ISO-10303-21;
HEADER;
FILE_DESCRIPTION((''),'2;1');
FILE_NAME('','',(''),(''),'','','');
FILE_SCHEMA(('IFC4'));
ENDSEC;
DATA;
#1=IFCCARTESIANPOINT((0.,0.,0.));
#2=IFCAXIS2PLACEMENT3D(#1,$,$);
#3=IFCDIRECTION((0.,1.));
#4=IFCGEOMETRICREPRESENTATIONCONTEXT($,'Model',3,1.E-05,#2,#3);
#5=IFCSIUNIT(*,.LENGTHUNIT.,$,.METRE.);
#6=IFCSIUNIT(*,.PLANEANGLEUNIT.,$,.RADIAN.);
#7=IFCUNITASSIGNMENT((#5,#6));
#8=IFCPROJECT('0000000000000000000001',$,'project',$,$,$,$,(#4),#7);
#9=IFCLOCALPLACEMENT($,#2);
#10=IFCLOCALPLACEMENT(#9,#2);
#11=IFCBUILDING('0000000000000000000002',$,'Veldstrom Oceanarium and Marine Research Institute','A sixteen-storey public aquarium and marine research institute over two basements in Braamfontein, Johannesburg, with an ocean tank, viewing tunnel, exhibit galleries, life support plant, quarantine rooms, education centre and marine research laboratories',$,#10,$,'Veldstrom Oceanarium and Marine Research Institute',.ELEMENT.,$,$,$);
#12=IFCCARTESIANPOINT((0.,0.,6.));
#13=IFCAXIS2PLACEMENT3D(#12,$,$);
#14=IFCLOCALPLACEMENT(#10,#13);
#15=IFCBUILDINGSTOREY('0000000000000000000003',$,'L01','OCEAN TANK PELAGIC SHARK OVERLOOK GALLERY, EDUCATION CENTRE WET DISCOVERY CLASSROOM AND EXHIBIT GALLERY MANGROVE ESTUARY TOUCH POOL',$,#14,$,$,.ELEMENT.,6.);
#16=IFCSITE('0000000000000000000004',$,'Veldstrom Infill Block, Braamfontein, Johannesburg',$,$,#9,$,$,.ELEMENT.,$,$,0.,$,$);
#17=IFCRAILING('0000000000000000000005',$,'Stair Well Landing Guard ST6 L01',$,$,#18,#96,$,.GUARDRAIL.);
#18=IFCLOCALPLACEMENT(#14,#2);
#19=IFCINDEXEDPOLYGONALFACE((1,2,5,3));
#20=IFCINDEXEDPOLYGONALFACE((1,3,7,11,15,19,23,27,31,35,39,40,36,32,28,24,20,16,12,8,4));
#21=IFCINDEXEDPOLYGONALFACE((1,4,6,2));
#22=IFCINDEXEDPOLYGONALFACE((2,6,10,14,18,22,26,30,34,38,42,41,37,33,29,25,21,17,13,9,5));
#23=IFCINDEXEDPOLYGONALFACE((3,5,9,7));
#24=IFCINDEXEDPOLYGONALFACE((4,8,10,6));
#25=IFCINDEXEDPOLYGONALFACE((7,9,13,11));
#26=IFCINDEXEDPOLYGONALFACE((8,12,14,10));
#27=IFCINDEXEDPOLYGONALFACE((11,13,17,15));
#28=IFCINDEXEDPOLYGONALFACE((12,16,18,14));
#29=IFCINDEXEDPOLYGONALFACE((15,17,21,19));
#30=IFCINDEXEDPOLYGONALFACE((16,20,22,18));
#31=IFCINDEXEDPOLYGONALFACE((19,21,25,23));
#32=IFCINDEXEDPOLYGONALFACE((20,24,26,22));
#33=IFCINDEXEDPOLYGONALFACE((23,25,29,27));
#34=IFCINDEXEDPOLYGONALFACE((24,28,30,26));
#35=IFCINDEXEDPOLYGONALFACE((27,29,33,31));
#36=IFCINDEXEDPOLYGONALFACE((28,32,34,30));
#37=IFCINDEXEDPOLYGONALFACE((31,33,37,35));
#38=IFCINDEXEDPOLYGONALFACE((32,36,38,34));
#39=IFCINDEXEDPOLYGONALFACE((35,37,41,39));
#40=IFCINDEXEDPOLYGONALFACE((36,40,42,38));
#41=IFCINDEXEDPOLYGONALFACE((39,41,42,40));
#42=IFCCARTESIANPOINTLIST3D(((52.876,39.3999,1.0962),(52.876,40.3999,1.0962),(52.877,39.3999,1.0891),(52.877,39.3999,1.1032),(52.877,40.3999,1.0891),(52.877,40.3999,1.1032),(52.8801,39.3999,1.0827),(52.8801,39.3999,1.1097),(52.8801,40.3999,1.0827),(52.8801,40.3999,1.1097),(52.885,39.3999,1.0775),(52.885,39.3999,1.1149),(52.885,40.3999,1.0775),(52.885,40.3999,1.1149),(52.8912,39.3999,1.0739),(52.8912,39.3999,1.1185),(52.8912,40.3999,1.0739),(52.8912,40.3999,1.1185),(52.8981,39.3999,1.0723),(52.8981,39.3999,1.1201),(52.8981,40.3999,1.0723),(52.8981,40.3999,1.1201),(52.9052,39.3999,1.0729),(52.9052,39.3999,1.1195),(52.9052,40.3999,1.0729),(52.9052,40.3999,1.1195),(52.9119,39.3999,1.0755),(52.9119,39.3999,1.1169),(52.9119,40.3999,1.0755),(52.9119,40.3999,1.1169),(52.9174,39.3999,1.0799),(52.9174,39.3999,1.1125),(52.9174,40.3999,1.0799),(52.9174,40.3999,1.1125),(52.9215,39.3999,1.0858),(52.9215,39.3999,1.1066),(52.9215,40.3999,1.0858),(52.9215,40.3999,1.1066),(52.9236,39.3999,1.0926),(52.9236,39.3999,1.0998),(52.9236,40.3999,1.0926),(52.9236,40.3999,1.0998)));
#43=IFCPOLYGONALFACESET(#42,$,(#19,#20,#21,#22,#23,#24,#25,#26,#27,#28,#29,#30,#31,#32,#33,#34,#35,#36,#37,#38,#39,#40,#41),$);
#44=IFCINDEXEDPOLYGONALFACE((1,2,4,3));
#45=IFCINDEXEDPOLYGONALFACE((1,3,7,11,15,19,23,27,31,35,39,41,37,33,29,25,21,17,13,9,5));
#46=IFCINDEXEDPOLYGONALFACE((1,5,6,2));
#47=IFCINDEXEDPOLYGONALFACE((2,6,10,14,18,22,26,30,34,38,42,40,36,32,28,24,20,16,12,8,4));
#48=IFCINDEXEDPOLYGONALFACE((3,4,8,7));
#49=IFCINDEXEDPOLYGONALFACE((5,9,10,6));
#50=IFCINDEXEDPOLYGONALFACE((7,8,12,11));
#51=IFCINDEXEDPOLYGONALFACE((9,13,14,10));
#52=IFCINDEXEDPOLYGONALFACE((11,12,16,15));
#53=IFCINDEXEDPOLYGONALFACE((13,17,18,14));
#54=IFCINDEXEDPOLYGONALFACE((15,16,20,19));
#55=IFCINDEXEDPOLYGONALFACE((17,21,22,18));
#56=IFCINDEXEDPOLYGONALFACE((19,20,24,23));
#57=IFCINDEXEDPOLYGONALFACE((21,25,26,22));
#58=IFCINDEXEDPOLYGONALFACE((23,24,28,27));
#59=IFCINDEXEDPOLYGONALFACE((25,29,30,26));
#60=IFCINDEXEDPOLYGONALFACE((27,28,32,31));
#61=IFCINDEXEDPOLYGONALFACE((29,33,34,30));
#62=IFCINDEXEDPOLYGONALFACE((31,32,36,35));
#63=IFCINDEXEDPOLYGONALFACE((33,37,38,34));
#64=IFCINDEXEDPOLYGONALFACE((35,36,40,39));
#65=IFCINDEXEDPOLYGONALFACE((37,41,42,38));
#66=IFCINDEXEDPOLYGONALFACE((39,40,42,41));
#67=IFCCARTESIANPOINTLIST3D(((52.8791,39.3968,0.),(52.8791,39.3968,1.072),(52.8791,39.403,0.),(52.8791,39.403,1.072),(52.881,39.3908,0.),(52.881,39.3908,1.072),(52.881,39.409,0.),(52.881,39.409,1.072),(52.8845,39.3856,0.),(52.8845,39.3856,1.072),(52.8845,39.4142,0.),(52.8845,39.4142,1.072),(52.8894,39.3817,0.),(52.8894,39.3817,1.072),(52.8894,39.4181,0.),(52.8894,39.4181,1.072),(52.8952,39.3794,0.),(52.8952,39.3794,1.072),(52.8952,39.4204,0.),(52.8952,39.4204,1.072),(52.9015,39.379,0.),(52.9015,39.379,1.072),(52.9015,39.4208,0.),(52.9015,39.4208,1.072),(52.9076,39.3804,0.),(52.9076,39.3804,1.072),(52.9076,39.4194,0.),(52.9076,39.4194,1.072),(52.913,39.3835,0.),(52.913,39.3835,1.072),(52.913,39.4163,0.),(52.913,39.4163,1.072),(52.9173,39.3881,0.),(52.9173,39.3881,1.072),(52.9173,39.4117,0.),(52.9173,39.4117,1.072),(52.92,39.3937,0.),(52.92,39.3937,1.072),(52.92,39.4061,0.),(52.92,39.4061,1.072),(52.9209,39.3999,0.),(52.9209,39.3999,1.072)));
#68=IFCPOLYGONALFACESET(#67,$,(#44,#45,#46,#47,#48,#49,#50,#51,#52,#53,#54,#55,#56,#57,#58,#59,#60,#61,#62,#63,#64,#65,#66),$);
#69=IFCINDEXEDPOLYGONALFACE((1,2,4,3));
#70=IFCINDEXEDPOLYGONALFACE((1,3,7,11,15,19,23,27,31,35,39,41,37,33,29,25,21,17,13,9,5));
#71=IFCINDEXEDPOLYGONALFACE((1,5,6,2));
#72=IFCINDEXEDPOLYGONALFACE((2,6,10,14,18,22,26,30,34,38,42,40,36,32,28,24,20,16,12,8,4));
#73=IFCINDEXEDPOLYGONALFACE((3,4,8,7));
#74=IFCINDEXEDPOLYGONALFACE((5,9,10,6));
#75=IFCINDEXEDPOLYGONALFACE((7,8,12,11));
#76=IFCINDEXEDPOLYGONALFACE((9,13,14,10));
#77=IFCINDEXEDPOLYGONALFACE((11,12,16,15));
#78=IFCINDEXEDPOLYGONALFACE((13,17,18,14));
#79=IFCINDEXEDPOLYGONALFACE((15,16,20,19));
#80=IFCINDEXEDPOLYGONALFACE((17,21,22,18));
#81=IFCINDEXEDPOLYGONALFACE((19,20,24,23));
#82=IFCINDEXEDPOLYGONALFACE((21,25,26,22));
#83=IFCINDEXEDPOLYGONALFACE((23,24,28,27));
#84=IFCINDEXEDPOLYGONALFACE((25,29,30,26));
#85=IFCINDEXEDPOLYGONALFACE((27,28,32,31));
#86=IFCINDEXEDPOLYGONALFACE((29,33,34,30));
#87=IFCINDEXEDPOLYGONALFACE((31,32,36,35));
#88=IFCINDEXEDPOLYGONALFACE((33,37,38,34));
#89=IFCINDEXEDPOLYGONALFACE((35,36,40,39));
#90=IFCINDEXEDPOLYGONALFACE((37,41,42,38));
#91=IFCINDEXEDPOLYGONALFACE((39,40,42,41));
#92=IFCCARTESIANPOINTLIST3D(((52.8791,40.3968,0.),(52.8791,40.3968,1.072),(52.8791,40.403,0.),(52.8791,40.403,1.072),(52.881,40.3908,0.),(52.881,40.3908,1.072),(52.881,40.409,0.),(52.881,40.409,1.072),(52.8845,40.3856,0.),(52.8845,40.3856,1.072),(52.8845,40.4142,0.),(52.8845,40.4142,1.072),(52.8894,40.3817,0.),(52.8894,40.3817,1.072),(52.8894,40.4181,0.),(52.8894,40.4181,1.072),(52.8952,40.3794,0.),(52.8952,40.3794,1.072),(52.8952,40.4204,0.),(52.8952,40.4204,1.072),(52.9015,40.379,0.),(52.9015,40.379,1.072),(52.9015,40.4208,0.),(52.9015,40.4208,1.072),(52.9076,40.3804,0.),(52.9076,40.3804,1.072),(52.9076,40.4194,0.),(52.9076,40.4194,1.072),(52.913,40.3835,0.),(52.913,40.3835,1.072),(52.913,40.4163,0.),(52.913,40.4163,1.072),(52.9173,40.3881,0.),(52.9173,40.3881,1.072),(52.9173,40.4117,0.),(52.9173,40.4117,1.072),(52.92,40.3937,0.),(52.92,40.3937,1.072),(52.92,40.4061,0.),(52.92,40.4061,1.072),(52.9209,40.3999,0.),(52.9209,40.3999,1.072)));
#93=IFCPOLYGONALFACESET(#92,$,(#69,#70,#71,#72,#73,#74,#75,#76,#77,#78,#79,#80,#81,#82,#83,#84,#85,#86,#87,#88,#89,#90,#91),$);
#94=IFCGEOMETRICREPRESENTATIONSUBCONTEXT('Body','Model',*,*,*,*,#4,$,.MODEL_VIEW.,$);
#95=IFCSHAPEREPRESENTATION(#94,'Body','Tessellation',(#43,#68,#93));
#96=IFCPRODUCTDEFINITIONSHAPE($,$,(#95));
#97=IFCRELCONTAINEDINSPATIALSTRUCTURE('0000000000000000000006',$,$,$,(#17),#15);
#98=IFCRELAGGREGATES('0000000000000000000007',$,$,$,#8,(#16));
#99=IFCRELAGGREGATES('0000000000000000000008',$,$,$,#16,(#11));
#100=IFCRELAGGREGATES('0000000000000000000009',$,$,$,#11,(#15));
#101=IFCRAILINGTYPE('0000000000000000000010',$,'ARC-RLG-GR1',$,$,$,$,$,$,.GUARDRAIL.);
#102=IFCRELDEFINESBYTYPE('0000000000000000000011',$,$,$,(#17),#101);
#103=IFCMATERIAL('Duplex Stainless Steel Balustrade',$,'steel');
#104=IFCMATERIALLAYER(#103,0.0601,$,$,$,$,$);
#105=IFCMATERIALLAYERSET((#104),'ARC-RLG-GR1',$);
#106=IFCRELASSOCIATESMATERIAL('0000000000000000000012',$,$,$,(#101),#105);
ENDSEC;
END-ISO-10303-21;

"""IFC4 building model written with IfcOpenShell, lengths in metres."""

from ifc_helpers import new_model, si_unit, direction, frame, origin, origin_2d, place, context, subcontext, project, spatial, circle, extrude, material, layer, layer_set, type_object, element, save


model = new_model("IFC4")

# Units and contexts
model_context = context("Model", 3, precision=1e-05, world=origin(), true_north=direction((0.0, 1.0)))
body_context = subcontext(model_context, "Body", "Model", "MODEL_VIEW")
ifc_project = project(units=[si_unit("LENGTHUNIT", "METRE"), si_unit("PLANEANGLEUNIT", "RADIAN")], contexts=[model_context])

# Site, building, storey
site_placement = place(None, origin())
site = spatial("IfcSite", under=ifc_project, at=site_placement, Name="Veldstrom Infill Block, Braamfontein, Johannesburg", CompositionType="ELEMENT", RefElevation=0.0)
building_placement = place(site_placement, origin())
building = spatial("IfcBuilding", under=site, at=building_placement, Name="Veldstrom Oceanarium and Marine Research Institute", Description="A sixteen-storey public aquarium and marine research institute over two basements in Braamfontein, Johannesburg, with an ocean tank, viewing tunnel, exhibit galleries, life support plant, quarantine rooms, education centre and marine research laboratories", LongName="Veldstrom Oceanarium and Marine Research Institute", CompositionType="ELEMENT")
storey_placement = place(building_placement, frame((0.0, 0.0, 6.0)))
storey = spatial("IfcBuildingStorey", under=building, at=storey_placement, Name="L01", Description="OCEAN TANK PELAGIC SHARK OVERLOOK GALLERY, EDUCATION CENTRE WET DISCOVERY CLASSROOM AND EXHIBIT GALLERY MANGROVE ESTUARY TOUCH POOL", CompositionType="ELEMENT", Elevation=6.0)

# Railing
ifc_material_1 = material(Name="Duplex Stainless Steel Balustrade", Category="steel")
ifc_layer_1 = layer(ifc_material_1, 0.0601)
ifc_layer_set_1 = layer_set([ifc_layer_1], Name="ARC-RLG-GR1")
railing_type_1 = type_object("IfcRailingType", Name="ARC-RLG-GR1", PredefinedType="GUARDRAIL", material=ifc_layer_set_1)
railing_1_placement = place(storey_placement, frame((52.8999, 39.3999, 0.0)))
element("IfcRailing", 1, at=railing_1_placement, inside=storey, type_object=railing_type_1, Name="Stair Well Landing Guard ST6 L01", PredefinedType="GUARDRAIL", context=body_context, shape_type="SweptSolid", body=[
    extrude(circle(Radius=0.0239, at=origin_2d()), frame((0.0, 0.0, 1.0962), z_axis=(0.0, 1.0, 0.0), x_axis=(-1.0, 0.0, 0.0)), (0.0, 0.0, 1.0), 1.0),
    extrude(circle(Radius=0.021, at=origin_2d()), origin(), (0.0, 0.0, 1.0), 1.072),
    extrude(circle(Radius=0.021, at=origin_2d()), frame((0.0, 1.0, 0.0)), (0.0, 0.0, 1.0), 1.072),
])

save(model, "model.ifc")
